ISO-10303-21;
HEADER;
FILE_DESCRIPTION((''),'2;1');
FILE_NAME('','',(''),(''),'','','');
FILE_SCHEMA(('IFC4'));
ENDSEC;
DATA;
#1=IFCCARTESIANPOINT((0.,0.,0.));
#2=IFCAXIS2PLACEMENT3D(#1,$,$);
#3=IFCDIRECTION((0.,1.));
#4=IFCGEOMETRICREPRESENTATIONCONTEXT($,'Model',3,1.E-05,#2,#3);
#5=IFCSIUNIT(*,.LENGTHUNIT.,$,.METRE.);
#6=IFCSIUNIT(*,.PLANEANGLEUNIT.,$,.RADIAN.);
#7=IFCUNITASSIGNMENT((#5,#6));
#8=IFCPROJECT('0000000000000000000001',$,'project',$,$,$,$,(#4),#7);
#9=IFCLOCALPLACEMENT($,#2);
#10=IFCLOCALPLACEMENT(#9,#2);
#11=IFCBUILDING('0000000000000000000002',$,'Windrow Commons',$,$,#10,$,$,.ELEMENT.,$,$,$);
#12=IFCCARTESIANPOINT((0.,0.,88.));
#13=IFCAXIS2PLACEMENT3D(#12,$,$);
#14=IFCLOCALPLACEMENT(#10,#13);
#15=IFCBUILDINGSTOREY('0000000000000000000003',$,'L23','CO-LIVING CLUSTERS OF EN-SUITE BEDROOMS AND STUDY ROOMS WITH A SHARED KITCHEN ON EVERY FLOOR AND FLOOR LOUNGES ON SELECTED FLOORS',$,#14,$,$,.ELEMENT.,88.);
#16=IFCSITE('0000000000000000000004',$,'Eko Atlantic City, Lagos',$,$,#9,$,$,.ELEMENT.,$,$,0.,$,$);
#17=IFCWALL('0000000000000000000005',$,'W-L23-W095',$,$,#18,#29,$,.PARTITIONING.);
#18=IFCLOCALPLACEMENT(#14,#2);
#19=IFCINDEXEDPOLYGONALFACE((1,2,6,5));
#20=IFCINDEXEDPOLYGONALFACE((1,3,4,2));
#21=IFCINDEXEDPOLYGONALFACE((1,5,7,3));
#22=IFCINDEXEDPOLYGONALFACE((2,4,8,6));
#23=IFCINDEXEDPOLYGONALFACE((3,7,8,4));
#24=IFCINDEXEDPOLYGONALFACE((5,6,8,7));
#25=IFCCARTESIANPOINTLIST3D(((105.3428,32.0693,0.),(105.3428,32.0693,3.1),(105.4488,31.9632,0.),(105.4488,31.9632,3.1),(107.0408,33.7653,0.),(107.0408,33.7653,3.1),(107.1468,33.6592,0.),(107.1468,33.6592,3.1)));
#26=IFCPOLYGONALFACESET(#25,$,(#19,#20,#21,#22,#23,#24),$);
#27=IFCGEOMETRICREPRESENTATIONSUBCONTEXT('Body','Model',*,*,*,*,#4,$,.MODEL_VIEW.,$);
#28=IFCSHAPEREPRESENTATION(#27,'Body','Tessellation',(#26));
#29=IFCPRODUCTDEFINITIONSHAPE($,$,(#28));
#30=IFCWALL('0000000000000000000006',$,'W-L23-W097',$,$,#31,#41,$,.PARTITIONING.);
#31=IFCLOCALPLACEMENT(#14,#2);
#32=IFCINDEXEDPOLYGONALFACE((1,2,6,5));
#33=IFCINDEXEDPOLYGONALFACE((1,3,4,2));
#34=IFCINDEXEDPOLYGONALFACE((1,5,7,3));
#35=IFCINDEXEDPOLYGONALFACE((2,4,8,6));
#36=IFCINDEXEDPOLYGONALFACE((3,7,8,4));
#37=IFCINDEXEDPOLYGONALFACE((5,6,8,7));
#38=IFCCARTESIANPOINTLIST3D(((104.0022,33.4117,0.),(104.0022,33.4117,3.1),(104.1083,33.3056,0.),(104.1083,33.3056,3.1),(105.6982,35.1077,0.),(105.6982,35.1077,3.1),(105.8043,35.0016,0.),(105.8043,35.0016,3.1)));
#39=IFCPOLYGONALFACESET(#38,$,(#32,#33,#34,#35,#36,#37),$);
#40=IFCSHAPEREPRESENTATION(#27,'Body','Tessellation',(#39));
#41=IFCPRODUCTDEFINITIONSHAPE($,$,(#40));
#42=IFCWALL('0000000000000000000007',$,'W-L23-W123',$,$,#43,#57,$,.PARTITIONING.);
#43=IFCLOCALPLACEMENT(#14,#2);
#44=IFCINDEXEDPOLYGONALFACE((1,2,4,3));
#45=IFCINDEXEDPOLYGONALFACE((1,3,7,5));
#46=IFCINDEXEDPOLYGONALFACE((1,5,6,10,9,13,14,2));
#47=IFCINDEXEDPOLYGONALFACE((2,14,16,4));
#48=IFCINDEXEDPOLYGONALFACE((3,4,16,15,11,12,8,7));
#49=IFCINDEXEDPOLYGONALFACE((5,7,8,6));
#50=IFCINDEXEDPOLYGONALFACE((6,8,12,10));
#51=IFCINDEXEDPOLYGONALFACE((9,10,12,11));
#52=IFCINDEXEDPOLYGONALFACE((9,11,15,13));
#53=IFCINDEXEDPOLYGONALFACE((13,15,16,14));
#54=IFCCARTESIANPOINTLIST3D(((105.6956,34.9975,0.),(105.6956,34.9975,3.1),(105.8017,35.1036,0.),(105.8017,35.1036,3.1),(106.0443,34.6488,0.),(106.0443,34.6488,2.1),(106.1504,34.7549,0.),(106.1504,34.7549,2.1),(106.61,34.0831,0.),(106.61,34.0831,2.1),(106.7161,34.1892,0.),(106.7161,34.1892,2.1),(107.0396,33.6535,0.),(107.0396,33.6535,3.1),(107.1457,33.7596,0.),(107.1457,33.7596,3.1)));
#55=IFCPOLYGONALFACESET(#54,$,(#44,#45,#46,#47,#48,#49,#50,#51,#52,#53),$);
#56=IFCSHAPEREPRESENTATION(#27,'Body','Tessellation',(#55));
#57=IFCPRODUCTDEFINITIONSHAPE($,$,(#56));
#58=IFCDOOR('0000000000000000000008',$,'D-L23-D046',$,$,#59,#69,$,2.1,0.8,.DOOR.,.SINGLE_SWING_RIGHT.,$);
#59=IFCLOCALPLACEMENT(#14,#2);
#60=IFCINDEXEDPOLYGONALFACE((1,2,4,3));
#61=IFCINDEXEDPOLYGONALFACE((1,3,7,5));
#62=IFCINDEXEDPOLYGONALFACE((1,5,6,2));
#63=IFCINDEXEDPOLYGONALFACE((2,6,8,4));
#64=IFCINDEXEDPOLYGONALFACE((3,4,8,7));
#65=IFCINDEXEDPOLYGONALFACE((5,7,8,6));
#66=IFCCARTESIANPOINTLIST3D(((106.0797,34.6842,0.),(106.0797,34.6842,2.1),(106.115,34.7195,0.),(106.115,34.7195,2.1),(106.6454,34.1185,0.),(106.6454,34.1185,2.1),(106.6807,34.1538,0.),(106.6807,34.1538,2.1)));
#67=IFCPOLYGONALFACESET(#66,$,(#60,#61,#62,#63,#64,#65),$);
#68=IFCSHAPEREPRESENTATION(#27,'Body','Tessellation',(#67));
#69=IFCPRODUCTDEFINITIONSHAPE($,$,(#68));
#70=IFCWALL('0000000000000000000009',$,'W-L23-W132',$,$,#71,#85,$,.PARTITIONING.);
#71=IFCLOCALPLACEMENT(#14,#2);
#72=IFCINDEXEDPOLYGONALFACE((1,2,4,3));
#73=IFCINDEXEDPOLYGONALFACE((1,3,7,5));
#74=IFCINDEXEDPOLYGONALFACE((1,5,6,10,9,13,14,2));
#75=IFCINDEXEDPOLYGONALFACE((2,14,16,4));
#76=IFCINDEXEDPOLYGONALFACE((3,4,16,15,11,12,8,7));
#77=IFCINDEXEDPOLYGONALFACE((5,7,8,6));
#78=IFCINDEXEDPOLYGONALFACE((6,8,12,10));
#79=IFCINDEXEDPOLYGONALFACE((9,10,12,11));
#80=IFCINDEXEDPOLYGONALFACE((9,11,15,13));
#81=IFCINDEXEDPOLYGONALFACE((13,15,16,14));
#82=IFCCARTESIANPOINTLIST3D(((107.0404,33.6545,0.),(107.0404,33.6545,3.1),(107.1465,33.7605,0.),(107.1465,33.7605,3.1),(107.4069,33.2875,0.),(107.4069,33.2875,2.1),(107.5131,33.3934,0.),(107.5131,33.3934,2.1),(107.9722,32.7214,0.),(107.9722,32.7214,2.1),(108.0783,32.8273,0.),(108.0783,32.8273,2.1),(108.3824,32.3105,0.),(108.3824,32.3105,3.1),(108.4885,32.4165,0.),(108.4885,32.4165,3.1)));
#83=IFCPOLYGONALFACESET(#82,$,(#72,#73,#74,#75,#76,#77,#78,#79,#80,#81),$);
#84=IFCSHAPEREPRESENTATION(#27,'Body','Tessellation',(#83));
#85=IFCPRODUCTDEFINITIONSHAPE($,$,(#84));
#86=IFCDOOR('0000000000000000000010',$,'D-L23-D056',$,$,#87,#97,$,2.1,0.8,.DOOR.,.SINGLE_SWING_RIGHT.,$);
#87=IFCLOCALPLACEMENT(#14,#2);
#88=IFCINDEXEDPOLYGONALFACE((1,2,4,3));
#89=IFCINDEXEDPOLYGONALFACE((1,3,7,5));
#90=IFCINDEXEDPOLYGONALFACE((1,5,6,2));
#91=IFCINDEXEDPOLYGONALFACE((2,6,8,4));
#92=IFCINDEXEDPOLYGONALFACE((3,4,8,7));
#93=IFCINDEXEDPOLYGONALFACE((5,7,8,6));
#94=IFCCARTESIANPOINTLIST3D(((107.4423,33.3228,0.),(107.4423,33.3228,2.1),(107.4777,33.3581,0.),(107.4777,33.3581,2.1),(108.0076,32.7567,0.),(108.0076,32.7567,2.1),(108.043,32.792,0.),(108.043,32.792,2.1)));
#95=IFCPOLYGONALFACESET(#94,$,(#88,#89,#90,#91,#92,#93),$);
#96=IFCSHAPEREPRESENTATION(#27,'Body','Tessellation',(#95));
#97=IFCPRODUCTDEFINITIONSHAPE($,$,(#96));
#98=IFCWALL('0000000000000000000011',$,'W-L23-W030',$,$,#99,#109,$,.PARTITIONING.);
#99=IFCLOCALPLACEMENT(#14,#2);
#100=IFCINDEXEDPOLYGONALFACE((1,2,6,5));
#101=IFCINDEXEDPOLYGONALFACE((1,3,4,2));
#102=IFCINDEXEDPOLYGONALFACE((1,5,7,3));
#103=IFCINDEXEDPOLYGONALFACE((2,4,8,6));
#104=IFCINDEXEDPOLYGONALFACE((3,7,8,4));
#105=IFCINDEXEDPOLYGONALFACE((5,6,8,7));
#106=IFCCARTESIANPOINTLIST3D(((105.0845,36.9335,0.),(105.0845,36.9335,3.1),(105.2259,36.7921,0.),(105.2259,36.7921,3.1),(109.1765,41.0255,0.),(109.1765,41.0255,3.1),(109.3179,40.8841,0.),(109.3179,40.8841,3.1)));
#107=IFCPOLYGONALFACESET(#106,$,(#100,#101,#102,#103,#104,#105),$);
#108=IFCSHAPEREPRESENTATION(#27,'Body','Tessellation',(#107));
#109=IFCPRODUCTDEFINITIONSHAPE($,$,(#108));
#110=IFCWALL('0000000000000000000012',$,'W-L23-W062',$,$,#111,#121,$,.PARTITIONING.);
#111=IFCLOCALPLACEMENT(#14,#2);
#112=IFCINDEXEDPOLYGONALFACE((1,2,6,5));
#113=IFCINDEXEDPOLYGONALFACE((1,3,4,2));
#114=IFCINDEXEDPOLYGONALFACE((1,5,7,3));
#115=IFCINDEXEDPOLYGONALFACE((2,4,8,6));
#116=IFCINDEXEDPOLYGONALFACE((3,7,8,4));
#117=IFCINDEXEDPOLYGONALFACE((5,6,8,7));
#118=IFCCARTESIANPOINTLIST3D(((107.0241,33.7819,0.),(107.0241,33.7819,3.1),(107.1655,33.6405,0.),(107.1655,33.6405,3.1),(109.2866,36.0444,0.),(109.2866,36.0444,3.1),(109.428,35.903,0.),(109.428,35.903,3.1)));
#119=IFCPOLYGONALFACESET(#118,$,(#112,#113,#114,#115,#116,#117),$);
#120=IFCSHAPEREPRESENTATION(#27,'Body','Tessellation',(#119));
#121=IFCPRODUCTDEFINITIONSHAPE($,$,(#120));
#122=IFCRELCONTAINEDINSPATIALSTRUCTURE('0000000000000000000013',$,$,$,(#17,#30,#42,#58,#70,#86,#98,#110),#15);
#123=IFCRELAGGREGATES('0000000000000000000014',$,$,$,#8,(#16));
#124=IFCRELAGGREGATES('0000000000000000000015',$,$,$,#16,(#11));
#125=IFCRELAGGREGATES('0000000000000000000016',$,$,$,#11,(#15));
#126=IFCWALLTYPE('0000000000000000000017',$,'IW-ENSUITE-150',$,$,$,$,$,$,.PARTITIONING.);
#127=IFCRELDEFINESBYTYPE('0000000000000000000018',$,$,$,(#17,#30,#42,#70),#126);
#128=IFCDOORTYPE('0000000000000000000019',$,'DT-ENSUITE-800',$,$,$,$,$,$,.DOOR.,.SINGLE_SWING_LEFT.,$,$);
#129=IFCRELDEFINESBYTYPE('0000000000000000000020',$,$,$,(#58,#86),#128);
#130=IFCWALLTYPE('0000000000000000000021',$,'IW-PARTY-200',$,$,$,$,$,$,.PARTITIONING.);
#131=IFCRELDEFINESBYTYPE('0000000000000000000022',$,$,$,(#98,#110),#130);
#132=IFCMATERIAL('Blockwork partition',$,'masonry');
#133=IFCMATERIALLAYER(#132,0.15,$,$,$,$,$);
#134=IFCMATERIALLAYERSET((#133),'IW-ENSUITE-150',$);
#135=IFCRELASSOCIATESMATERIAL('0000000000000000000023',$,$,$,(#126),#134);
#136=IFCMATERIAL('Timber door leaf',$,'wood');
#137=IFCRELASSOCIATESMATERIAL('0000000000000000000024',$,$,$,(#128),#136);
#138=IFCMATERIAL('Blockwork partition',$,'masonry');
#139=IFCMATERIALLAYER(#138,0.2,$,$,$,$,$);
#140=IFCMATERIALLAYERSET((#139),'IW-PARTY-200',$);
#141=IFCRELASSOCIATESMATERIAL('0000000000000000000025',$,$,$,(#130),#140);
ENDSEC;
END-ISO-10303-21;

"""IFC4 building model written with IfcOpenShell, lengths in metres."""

from ifc_helpers import new_model, si_unit, direction, frame, frame_2d, origin, place, context, subcontext, project, spatial, rectangle, extrude, material, layer, layer_set, type_object, element, fill, save


model = new_model("IFC4")

# Units and contexts
model_context = context("Model", 3, precision=1e-05, world=origin(), true_north=direction((0.0, 1.0)))
body_context = subcontext(model_context, "Body", "Model", "MODEL_VIEW")
ifc_project = project(units=[si_unit("LENGTHUNIT", "METRE"), si_unit("PLANEANGLEUNIT", "RADIAN")], contexts=[model_context])

# Site, building, storey
site_placement = place(None, origin())
site = spatial("IfcSite", under=ifc_project, at=site_placement, Name="Eko Atlantic City, Lagos", CompositionType="ELEMENT", RefElevation=0.0)
building_placement = place(site_placement, origin())
building = spatial("IfcBuilding", under=site, at=building_placement, Name="Windrow Commons", CompositionType="ELEMENT")
storey_placement = place(building_placement, frame((0.0, 0.0, 88.0)))
storey = spatial("IfcBuildingStorey", under=building, at=storey_placement, Name="L23", Description="CO-LIVING CLUSTERS OF EN-SUITE BEDROOMS AND STUDY ROOMS WITH A SHARED KITCHEN ON EVERY FLOOR AND FLOOR LOUNGES ON SELECTED FLOORS", CompositionType="ELEMENT", Elevation=88.0)

# Walls
ifc_material_1 = material(Name="Blockwork partition", Category="masonry")
ifc_layer_1 = layer(ifc_material_1, 0.15)
ifc_layer_set_1 = layer_set([ifc_layer_1], Name="IW-ENSUITE-150")
wall_type_1 = type_object("IfcWallType", Name="IW-ENSUITE-150", PredefinedType="PARTITIONING", material=ifc_layer_set_1)
wall_1_placement = place(storey_placement, frame((105.3958, 32.0162, 0.0), z_axis=(0.0, 0.0, 1.0), x_axis=(0.707523, 0.70669, 0.0)))
element("IfcWall", 1, at=wall_1_placement, inside=storey, type_object=wall_type_1, Name="W-L23-W095", PredefinedType="PARTITIONING", context=body_context, shape_type="SweptSolid", body=[
    extrude(rectangle(XDim=2.3999, YDim=0.15, at=frame_2d((1.2, 0.0))), origin(), (0.0, 0.0, 1.0), 3.1),
])
wall_2_placement = place(storey_placement, frame((104.0553, 33.3587, 0.0), z_axis=(0.0, 0.0, 1.0), x_axis=(0.707107, 0.707107, 0.0)))
element("IfcWall", 2, at=wall_2_placement, inside=storey, type_object=wall_type_1, Name="W-L23-W097", PredefinedType="PARTITIONING", context=body_context, shape_type="SweptSolid", body=[
    extrude(rectangle(XDim=2.3985, YDim=0.15, at=frame_2d((1.1992, 0.0))), origin(), (0.0, 0.0, 1.0), 3.1),
])

# Walls, openings, doors
wall_3_placement = place(storey_placement, frame((105.7486, 35.0506, 0.0), z_axis=(0.0, 0.0, 1.0), x_axis=(0.707107, -0.707107, 0.0)))
wall_3 = element("IfcWall", 3, at=wall_3_placement, inside=storey, type_object=wall_type_1, Name="W-L23-W123", PredefinedType="PARTITIONING", context=body_context, shape_type="SweptSolid", body=[
    extrude(rectangle(XDim=1.9007, YDim=0.15, at=frame_2d((0.9504, 0.0))), origin(), (0.0, 0.0, 1.0), 3.1),
])
opening_1_placement = place(wall_3_placement, frame((0.4932, 0.0, 0.0)))
opening_1 = element("IfcOpeningElement", 4, at=opening_1_placement, cuts=wall_3, PredefinedType="OPENING", context=body_context, shape_type="SweptSolid", body=[
    extrude(rectangle(XDim=0.8, YDim=2.1, at=frame_2d((0.4, 1.05))), frame((0.0, 0.085, 0.0), z_axis=(0.0, -1.0, 0.0), x_axis=(1.0, 0.0, 0.0)), (0.0, 0.0, 1.0), 0.17),
])
ifc_material_2 = material(Name="Timber door leaf", Category="wood")
door_type_1 = type_object("IfcDoorType", Name="DT-ENSUITE-800", OperationType="SINGLE_SWING_LEFT", PredefinedType="DOOR", material=ifc_material_2)
door_1_placement = place(opening_1_placement, origin())
door_1 = element("IfcDoor", 5, at=door_1_placement, inside=storey, type_object=door_type_1, Name="D-L23-D046", OperationType="SINGLE_SWING_RIGHT", OverallHeight=2.1, OverallWidth=0.8, PredefinedType="DOOR", context=body_context, shape_type="SweptSolid", body=[
    extrude(rectangle(XDim=0.8, YDim=2.1, at=frame_2d((0.4, 1.05))), frame((0.0, 0.025, 0.0), z_axis=(0.0, -1.0, 0.0), x_axis=(1.0, 0.0, 0.0)), (0.0, 0.0, 1.0), 0.05),
])
fill(opening_1, door_1)
wall_4_placement = place(storey_placement, frame((107.0935, 33.7075, 0.0), z_axis=(0.0, 0.0, 1.0), x_axis=(0.70658, -0.707633, 0.0)))
wall_4 = element("IfcWall", 6, at=wall_4_placement, inside=storey, type_object=wall_type_1, Name="W-L23-W132", PredefinedType="PARTITIONING", context=body_context, shape_type="SweptSolid", body=[
    extrude(rectangle(XDim=1.8993, YDim=0.15, at=frame_2d((0.9496, 0.0))), origin(), (0.0, 0.0, 1.0), 3.1),
])
opening_2_placement = place(wall_4_placement, frame((0.5187, 0.0, 0.0)))
opening_2 = element("IfcOpeningElement", 7, at=opening_2_placement, cuts=wall_4, PredefinedType="OPENING", context=body_context, shape_type="SweptSolid", body=[
    extrude(rectangle(XDim=0.8, YDim=2.1, at=frame_2d((0.4, 1.05))), frame((0.0, 0.085, 0.0), z_axis=(0.0, -1.0, 0.0), x_axis=(1.0, 0.0, 0.0)), (0.0, 0.0, 1.0), 0.17),
])
door_2_placement = place(opening_2_placement, origin())
door_2 = element("IfcDoor", 8, at=door_2_placement, inside=storey, type_object=door_type_1, Name="D-L23-D056", OperationType="SINGLE_SWING_RIGHT", OverallHeight=2.1, OverallWidth=0.8, PredefinedType="DOOR", context=body_context, shape_type="SweptSolid", body=[
    extrude(rectangle(XDim=0.8, YDim=2.1, at=frame_2d((0.4, 1.05))), frame((0.0, 0.025, 0.0), z_axis=(0.0, -1.0, 0.0), x_axis=(1.0, 0.0, 0.0)), (0.0, 0.0, 1.0), 0.05),
])
fill(opening_2, door_2)

# Walls
ifc_material_3 = material(Name="Blockwork partition", Category="masonry")
ifc_layer_2 = layer(ifc_material_3, 0.2)
ifc_layer_set_2 = layer_set([ifc_layer_2], Name="IW-PARTY-200")
wall_type_2 = type_object("IfcWallType", Name="IW-PARTY-200", PredefinedType="PARTITIONING", material=ifc_layer_set_2)
wall_5_placement = place(storey_placement, frame((105.1552, 36.8628, 0.0), z_axis=(0.0, 0.0, 1.0), x_axis=(0.707107, 0.707107, 0.0)))
element("IfcWall", 9, at=wall_5_placement, inside=storey, type_object=wall_type_2, Name="W-L23-W030", PredefinedType="PARTITIONING", context=body_context, shape_type="SweptSolid", body=[
    extrude(rectangle(XDim=5.787, YDim=0.2, at=frame_2d((2.8935, 0.0))), origin(), (0.0, 0.0, 1.0), 3.1),
])
wall_6_placement = place(storey_placement, frame((107.0948, 33.7112, 0.0), z_axis=(0.0, 0.0, 1.0), x_axis=(0.707107, 0.707107, 0.0)))
element("IfcWall", 10, at=wall_6_placement, inside=storey, type_object=wall_type_2, Name="W-L23-W062", PredefinedType="PARTITIONING", context=body_context, shape_type="SweptSolid", body=[
    extrude(rectangle(XDim=3.1997, YDim=0.2, at=frame_2d((1.5998, 0.0))), origin(), (0.0, 0.0, 1.0), 3.1),
])

save(model, "model.ifc")
